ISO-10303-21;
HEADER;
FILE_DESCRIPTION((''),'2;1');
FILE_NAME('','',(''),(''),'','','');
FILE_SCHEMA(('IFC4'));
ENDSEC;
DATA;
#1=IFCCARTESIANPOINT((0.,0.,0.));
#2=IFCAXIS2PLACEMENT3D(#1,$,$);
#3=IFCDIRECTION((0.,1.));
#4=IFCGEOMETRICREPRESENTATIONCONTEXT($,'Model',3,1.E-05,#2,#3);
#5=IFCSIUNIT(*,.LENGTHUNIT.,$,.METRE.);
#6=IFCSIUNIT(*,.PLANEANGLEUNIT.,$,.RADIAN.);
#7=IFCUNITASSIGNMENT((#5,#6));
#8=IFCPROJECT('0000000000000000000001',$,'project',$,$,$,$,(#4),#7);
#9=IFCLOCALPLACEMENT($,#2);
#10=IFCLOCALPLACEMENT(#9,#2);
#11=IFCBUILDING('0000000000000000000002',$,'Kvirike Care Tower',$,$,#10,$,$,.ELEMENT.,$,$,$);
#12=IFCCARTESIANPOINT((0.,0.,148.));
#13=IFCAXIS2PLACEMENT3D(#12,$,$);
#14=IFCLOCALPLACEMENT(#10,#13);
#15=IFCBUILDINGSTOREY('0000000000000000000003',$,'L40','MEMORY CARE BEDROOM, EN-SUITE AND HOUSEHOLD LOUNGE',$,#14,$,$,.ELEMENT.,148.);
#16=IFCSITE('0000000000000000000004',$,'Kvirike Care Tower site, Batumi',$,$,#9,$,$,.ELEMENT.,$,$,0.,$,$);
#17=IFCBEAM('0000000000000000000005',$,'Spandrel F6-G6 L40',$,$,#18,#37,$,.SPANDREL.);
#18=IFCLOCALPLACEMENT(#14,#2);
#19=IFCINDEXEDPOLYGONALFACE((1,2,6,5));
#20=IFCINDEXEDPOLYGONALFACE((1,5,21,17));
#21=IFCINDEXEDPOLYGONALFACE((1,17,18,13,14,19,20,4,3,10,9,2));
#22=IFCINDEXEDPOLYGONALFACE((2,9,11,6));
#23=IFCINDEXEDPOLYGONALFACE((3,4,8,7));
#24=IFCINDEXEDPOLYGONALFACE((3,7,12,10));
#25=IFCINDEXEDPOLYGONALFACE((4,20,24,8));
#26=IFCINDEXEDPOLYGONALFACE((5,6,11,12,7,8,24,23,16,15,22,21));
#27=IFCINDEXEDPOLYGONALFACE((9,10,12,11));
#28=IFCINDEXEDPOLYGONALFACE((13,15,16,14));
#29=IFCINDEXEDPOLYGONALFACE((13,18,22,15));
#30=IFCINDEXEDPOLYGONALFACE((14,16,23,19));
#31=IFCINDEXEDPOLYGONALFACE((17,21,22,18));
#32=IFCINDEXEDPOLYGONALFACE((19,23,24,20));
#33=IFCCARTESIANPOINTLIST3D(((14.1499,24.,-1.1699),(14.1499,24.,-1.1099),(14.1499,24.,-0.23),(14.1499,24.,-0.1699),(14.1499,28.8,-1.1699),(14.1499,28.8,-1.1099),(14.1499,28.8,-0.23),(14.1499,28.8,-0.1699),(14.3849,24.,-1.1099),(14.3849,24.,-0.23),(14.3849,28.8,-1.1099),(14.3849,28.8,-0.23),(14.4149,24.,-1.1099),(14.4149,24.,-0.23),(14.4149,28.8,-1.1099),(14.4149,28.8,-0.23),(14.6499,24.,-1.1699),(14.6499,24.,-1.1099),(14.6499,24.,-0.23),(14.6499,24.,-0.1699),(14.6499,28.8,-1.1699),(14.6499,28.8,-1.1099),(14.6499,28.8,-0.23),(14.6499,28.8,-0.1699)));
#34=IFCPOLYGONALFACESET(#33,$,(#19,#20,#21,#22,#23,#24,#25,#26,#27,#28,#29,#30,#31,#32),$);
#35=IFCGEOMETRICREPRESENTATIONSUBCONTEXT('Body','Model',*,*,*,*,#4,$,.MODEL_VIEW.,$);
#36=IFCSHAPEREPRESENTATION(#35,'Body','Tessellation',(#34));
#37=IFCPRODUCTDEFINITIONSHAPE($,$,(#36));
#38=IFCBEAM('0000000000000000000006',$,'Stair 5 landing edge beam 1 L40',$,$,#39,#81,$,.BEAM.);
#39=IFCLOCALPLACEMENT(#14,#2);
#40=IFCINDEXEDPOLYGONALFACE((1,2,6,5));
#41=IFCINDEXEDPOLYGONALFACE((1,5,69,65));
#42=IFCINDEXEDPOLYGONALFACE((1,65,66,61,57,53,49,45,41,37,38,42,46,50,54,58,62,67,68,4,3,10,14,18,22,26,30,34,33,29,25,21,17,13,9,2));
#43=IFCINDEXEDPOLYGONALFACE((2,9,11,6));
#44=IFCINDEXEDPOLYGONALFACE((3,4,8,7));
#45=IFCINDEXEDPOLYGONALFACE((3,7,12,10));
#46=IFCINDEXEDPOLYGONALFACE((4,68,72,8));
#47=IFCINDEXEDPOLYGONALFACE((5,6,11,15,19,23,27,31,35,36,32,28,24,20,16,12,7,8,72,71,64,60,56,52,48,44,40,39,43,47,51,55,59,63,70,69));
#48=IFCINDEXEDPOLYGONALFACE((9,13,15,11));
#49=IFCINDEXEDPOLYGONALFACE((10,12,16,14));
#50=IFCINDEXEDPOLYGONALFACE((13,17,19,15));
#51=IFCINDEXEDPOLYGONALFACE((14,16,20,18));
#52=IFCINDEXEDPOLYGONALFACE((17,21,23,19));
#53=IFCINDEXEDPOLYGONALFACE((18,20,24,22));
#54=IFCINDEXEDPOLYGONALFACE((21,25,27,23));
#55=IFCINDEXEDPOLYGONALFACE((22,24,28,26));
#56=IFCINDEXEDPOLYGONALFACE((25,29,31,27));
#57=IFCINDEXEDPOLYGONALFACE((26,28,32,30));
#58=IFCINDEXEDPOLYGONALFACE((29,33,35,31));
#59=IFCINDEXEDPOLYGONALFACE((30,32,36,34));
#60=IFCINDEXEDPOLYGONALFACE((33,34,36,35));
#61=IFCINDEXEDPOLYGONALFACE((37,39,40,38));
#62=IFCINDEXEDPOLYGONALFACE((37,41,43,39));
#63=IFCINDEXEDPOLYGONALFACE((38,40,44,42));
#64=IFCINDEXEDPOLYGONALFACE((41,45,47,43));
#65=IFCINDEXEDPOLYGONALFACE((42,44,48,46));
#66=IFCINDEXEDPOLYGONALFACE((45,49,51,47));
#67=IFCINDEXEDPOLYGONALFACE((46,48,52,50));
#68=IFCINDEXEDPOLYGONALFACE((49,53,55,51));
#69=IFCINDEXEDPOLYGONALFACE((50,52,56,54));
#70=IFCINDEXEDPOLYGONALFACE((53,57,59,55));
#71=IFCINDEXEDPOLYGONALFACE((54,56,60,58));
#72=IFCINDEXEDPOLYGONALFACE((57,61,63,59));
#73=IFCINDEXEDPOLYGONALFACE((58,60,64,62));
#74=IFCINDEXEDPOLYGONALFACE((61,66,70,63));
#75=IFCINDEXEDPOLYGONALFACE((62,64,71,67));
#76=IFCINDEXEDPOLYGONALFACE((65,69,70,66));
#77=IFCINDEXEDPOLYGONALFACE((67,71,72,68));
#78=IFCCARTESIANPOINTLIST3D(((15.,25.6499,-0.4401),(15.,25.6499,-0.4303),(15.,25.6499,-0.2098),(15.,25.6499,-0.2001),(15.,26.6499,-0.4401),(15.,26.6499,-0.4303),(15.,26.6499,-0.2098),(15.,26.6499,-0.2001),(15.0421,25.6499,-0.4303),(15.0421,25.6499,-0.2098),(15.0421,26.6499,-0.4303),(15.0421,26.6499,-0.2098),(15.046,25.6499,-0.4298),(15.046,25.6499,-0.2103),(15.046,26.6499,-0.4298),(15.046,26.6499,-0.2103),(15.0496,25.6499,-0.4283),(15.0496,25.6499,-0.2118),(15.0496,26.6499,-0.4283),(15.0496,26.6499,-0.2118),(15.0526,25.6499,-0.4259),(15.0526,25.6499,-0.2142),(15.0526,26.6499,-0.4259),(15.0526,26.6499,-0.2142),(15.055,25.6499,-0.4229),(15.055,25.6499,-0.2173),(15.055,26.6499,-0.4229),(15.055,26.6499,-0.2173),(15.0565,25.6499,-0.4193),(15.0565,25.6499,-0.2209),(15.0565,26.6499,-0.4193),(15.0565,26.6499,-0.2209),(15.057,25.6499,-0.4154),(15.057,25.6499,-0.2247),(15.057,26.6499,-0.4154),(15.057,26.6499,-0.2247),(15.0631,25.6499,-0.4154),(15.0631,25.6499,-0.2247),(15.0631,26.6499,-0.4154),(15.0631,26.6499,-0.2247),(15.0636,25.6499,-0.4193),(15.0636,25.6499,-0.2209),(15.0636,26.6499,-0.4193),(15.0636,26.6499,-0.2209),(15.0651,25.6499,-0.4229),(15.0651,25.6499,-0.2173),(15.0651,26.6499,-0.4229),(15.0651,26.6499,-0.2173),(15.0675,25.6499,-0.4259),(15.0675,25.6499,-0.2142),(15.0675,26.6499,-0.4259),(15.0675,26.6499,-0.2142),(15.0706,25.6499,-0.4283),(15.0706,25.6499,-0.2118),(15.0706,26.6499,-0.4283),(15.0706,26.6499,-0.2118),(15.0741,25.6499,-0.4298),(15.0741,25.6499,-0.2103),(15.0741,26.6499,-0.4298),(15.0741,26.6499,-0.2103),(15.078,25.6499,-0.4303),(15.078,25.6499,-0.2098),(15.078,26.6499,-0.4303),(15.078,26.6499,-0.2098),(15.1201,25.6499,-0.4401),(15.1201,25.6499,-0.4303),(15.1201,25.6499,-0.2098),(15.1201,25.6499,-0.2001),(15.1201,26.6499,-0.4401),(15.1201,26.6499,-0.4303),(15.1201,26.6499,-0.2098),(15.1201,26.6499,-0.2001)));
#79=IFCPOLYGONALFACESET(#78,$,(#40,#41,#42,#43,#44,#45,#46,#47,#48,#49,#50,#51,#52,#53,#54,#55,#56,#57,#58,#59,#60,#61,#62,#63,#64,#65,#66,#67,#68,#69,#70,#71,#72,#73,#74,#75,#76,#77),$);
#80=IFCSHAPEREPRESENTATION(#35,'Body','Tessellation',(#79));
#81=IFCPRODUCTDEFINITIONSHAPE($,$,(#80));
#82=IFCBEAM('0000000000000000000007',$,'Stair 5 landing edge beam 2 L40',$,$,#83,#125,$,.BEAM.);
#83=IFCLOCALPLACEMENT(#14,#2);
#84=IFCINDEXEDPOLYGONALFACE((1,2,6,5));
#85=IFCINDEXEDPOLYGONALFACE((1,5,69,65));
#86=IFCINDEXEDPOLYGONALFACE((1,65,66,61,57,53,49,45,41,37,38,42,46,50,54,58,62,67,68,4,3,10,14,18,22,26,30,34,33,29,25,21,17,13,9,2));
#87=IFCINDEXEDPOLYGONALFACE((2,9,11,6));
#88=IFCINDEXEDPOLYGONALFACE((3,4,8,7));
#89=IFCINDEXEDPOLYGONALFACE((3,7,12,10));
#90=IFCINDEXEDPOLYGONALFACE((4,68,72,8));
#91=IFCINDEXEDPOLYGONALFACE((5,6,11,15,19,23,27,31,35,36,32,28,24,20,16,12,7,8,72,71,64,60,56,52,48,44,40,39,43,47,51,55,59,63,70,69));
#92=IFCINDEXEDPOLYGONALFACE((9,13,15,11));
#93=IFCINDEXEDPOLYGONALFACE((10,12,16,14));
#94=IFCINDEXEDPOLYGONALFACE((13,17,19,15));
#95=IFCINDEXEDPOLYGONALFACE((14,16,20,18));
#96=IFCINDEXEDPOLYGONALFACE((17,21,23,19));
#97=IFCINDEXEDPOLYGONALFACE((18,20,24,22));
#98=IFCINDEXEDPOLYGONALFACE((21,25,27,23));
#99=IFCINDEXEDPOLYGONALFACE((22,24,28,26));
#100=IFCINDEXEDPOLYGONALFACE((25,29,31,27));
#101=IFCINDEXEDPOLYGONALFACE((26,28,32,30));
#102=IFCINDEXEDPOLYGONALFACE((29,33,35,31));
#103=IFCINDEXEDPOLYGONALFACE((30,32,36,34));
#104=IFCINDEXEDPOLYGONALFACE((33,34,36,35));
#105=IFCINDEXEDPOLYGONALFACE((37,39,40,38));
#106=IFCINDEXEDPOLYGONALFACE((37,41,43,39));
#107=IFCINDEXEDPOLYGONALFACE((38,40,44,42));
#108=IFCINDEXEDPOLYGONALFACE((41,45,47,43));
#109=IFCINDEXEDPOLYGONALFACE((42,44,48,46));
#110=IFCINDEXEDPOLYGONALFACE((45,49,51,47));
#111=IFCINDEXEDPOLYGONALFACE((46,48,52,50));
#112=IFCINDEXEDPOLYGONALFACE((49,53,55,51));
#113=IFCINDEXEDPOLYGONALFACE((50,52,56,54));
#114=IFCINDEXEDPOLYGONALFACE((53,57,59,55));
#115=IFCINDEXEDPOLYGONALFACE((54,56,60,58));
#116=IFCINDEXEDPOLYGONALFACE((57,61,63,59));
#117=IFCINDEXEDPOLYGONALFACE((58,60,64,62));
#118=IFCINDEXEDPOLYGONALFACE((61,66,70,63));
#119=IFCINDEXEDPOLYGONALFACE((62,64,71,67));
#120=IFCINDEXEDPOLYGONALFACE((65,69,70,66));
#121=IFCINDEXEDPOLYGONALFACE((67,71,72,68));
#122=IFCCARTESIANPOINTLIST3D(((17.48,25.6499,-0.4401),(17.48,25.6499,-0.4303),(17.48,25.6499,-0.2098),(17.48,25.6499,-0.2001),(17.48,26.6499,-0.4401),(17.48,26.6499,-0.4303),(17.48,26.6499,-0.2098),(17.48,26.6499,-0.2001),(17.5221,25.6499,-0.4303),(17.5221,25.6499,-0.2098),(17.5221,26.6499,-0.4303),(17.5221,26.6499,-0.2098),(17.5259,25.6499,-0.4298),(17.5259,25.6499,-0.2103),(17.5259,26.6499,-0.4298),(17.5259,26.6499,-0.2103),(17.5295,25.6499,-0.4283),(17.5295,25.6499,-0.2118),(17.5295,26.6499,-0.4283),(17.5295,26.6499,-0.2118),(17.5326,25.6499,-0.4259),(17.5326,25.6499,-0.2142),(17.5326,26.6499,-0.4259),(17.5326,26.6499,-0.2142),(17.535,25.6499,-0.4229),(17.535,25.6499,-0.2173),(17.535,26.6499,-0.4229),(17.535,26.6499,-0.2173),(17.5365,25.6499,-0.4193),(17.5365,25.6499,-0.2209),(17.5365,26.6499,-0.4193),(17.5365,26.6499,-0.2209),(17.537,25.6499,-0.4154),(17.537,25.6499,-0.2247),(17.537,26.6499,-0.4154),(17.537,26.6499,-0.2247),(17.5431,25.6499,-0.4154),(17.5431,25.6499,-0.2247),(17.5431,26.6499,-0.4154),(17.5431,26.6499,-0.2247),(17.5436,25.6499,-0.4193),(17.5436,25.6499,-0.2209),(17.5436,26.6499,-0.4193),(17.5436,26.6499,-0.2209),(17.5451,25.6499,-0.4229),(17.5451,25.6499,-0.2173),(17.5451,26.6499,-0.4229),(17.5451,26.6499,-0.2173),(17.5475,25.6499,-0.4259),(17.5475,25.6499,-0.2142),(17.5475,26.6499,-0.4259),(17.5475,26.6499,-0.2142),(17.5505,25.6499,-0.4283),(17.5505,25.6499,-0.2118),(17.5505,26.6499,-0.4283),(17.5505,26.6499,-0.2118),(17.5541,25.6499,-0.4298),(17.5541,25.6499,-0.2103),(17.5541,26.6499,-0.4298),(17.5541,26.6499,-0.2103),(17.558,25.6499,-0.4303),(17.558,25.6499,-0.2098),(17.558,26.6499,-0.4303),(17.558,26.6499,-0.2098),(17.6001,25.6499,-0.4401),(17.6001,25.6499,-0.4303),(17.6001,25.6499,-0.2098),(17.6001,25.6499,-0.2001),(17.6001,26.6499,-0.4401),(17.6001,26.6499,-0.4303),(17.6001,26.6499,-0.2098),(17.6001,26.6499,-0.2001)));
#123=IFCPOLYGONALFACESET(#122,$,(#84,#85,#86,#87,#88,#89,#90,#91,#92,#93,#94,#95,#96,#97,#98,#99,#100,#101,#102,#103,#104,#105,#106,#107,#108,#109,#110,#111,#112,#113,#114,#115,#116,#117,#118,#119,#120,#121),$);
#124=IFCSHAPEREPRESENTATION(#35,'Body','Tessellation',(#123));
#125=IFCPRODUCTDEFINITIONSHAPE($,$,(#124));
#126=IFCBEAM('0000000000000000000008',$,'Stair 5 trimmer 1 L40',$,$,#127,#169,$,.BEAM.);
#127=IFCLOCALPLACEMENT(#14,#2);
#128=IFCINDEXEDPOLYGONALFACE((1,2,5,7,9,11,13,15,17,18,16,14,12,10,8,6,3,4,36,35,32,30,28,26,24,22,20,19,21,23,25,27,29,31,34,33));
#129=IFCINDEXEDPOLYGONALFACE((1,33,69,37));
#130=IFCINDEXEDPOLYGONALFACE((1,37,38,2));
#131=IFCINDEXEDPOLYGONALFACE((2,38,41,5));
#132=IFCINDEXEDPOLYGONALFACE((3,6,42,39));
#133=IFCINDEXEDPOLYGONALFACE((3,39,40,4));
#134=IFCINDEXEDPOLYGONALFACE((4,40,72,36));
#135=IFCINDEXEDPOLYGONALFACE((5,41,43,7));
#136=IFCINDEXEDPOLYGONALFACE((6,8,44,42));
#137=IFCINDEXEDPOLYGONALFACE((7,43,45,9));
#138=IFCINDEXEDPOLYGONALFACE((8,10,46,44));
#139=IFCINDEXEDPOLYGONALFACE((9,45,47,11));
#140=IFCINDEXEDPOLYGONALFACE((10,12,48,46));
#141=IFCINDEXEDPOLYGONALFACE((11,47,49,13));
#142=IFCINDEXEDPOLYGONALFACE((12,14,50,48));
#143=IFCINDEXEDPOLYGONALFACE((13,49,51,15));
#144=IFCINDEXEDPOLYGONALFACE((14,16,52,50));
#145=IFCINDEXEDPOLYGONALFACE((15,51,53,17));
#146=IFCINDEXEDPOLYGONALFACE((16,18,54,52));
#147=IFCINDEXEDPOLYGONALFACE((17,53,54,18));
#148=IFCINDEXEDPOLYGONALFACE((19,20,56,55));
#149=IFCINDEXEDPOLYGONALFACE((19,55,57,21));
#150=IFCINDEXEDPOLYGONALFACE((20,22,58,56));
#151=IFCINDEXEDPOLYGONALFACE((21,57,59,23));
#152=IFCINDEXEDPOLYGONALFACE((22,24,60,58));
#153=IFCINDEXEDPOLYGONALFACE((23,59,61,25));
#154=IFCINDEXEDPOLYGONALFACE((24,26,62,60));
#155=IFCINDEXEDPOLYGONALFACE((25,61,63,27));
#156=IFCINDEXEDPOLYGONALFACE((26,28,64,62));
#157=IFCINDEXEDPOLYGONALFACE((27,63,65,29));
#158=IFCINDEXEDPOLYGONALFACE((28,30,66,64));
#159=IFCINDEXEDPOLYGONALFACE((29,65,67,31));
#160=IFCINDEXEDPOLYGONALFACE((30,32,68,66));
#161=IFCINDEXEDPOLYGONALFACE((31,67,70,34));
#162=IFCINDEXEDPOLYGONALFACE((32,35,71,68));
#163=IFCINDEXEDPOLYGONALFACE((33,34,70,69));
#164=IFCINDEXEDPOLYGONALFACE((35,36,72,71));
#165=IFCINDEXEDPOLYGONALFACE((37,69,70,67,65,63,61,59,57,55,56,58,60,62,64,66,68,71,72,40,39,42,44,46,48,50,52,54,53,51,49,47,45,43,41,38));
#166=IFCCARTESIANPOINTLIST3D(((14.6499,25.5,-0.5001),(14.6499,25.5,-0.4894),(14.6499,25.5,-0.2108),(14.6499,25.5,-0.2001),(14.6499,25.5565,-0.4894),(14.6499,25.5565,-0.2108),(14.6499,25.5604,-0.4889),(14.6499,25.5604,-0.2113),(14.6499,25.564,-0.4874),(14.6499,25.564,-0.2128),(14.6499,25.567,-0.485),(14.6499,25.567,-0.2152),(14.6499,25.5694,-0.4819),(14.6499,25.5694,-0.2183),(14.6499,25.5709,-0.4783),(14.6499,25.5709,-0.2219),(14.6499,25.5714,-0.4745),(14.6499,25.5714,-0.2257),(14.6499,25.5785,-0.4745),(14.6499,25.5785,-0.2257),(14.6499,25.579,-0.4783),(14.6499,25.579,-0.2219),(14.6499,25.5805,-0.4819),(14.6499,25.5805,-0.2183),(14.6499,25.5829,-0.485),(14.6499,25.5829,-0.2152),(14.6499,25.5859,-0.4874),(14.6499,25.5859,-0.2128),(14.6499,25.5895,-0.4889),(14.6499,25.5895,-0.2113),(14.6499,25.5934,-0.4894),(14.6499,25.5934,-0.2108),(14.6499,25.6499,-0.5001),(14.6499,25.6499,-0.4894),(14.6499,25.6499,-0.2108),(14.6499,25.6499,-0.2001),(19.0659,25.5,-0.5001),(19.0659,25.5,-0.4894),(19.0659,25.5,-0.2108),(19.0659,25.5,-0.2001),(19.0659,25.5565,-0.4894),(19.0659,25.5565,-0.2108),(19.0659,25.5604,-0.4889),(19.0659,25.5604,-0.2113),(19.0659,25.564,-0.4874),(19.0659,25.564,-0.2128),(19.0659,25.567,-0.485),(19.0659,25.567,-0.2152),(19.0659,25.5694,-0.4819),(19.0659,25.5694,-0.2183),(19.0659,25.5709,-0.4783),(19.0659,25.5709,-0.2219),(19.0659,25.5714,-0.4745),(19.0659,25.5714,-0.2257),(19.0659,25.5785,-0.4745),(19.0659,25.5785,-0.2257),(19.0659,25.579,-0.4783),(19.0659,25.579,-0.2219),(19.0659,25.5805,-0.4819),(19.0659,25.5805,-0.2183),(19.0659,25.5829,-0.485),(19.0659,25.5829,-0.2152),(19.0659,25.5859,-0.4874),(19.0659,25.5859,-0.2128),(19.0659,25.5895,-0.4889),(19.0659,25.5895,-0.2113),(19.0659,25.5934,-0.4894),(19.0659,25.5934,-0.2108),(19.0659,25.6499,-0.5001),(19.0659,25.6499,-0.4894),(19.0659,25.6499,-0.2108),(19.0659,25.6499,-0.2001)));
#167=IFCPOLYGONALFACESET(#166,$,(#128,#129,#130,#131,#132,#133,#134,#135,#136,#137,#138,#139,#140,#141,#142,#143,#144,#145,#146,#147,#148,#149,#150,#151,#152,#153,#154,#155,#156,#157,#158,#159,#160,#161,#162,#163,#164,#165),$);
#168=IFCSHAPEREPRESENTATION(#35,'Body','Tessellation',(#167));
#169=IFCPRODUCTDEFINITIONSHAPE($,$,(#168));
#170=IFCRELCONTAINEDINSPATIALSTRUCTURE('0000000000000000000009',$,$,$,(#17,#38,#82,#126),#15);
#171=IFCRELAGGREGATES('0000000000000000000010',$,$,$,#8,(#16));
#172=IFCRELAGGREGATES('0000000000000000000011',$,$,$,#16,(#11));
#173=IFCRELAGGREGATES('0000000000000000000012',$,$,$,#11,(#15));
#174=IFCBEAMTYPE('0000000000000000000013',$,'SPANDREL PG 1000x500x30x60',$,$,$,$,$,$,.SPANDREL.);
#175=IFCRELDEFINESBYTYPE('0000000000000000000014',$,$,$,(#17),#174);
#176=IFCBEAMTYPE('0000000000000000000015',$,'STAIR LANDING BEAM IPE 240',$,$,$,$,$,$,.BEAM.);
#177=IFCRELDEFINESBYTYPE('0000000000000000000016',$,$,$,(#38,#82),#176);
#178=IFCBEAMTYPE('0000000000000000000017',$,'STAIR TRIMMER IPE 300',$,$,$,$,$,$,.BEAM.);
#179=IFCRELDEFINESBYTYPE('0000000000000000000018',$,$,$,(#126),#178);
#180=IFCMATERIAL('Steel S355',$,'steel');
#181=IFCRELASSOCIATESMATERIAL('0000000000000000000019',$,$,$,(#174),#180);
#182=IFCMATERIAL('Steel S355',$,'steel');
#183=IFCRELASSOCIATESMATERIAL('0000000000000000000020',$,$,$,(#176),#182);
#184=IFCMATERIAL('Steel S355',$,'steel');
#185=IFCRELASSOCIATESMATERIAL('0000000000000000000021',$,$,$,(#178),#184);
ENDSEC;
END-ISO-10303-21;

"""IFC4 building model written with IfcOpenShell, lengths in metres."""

from ifc_helpers import new_model, si_unit, direction, frame, origin, origin_2d, place, context, subcontext, project, spatial, i_section, extrude, material, material_profile, profile_set, type_object, element, save


model = new_model("IFC4")

# Units and contexts
model_context = context("Model", 3, precision=1e-05, world=origin(), true_north=direction((0.0, 1.0)))
body_context = subcontext(model_context, "Body", "Model", "MODEL_VIEW")
ifc_project = project(units=[si_unit("LENGTHUNIT", "METRE"), si_unit("PLANEANGLEUNIT", "RADIAN")], contexts=[model_context])

# Site, building, storey
site_placement = place(None, origin())
site = spatial("IfcSite", under=ifc_project, at=site_placement, Name="Kvirike Care Tower site, Batumi", CompositionType="ELEMENT", RefElevation=0.0)
building_placement = place(site_placement, origin())
building = spatial("IfcBuilding", under=site, at=building_placement, Name="Kvirike Care Tower", CompositionType="ELEMENT")
storey_placement = place(building_placement, frame((0.0, 0.0, 148.0)))
storey = spatial("IfcBuildingStorey", under=building, at=storey_placement, Name="L40", Description="MEMORY CARE BEDROOM, EN-SUITE AND HOUSEHOLD LOUNGE", CompositionType="ELEMENT", Elevation=148.0)

# Beams
ifc_material_1 = material(Name="Steel S355", Category="steel")
ifc_material_profile_1 = material_profile(ifc_material_1, i_section(OverallWidth=0.5, OverallDepth=1.0, WebThickness=0.03, FlangeThickness=0.0601, at=origin_2d()), Name="PG 1000x500x30x60")
ifc_profile_set_1 = profile_set([ifc_material_profile_1], Name="Steel S355")
beam_type_1 = type_object("IfcBeamType", Name="SPANDREL PG 1000x500x30x60", PredefinedType="SPANDREL", material=ifc_profile_set_1)
beam_1_placement = place(storey_placement, frame((14.3999, 24.0, -0.6699), z_axis=(0.0, 1.0, 0.0), x_axis=(-1.0, 0.0, 0.0)))
element("IfcBeam", 1, at=beam_1_placement, inside=storey, type_object=beam_type_1, Name="Spandrel F6-G6 L40", PredefinedType="SPANDREL", context=body_context, shape_type="SweptSolid", body=[
    extrude(i_section(OverallWidth=0.5, OverallDepth=1.0, WebThickness=0.03, FlangeThickness=0.0601, at=origin_2d()), origin(), (0.0, 0.0, 1.0), 4.8),
])
ifc_material_2 = material(Name="Steel S355", Category="steel")
ifc_material_profile_2 = material_profile(ifc_material_2, i_section(OverallWidth=0.1201, OverallDepth=0.24, WebThickness=0.0061, FlangeThickness=0.0098, FilletRadius=0.0149, at=origin_2d()), Name="IPE 240")
ifc_profile_set_2 = profile_set([ifc_material_profile_2], Name="Steel S355")
beam_type_2 = type_object("IfcBeamType", Name="STAIR LANDING BEAM IPE 240", PredefinedType="BEAM", material=ifc_profile_set_2)
for number, where, z_axis, x_axis, name in (
    (2, (15.0601, 25.6499, -0.3201), (0.0, 1.0, 0.0), (-1.0, 0.0, 0.0), "Stair 5 landing edge beam 1 L40"),
    (3, (17.54, 25.6499, -0.3201), (0.0, 1.0, 0.0), (-1.0, 0.0, 0.0), "Stair 5 landing edge beam 2 L40"),
):
    element("IfcBeam", number, at=place(storey_placement, frame(where, z_axis=z_axis, x_axis=x_axis)), inside=storey, type_object=beam_type_2, Name=name, PredefinedType="BEAM", context=body_context, shape_type="SweptSolid", body=[
        extrude(i_section(OverallWidth=0.1201, OverallDepth=0.24, WebThickness=0.0061, FlangeThickness=0.0098, FilletRadius=0.0149, at=origin_2d()), origin(), (0.0, 0.0, 1.0), 1.0),
    ])
ifc_material_3 = material(Name="Steel S355", Category="steel")
ifc_material_profile_3 = material_profile(ifc_material_3, i_section(OverallWidth=0.1499, OverallDepth=0.3, WebThickness=0.0071, FlangeThickness=0.0107, FilletRadius=0.0149, at=origin_2d()), Name="IPE 300")
ifc_profile_set_3 = profile_set([ifc_material_profile_3], Name="Steel S355")
beam_type_3 = type_object("IfcBeamType", Name="STAIR TRIMMER IPE 300", PredefinedType="BEAM", material=ifc_profile_set_3)
for number, where, z_axis, x_axis, name in (
    (4, (14.6499, 25.575, -0.3501), (1.0, 0.0, 0.0), (0.0, 1.0, 0.0), "Stair 5 trimmer 1 L40"),
):
    element("IfcBeam", number, at=place(storey_placement, frame(where, z_axis=z_axis, x_axis=x_axis)), inside=storey, type_object=beam_type_3, Name=name, PredefinedType="BEAM", context=body_context, shape_type="SweptSolid", body=[
        extrude(i_section(OverallWidth=0.1499, OverallDepth=0.3, WebThickness=0.0071, FlangeThickness=0.0107, FilletRadius=0.0149, at=origin_2d()), origin(), (0.0, 0.0, 1.0), 4.416),
    ])

save(model, "model.ifc")
